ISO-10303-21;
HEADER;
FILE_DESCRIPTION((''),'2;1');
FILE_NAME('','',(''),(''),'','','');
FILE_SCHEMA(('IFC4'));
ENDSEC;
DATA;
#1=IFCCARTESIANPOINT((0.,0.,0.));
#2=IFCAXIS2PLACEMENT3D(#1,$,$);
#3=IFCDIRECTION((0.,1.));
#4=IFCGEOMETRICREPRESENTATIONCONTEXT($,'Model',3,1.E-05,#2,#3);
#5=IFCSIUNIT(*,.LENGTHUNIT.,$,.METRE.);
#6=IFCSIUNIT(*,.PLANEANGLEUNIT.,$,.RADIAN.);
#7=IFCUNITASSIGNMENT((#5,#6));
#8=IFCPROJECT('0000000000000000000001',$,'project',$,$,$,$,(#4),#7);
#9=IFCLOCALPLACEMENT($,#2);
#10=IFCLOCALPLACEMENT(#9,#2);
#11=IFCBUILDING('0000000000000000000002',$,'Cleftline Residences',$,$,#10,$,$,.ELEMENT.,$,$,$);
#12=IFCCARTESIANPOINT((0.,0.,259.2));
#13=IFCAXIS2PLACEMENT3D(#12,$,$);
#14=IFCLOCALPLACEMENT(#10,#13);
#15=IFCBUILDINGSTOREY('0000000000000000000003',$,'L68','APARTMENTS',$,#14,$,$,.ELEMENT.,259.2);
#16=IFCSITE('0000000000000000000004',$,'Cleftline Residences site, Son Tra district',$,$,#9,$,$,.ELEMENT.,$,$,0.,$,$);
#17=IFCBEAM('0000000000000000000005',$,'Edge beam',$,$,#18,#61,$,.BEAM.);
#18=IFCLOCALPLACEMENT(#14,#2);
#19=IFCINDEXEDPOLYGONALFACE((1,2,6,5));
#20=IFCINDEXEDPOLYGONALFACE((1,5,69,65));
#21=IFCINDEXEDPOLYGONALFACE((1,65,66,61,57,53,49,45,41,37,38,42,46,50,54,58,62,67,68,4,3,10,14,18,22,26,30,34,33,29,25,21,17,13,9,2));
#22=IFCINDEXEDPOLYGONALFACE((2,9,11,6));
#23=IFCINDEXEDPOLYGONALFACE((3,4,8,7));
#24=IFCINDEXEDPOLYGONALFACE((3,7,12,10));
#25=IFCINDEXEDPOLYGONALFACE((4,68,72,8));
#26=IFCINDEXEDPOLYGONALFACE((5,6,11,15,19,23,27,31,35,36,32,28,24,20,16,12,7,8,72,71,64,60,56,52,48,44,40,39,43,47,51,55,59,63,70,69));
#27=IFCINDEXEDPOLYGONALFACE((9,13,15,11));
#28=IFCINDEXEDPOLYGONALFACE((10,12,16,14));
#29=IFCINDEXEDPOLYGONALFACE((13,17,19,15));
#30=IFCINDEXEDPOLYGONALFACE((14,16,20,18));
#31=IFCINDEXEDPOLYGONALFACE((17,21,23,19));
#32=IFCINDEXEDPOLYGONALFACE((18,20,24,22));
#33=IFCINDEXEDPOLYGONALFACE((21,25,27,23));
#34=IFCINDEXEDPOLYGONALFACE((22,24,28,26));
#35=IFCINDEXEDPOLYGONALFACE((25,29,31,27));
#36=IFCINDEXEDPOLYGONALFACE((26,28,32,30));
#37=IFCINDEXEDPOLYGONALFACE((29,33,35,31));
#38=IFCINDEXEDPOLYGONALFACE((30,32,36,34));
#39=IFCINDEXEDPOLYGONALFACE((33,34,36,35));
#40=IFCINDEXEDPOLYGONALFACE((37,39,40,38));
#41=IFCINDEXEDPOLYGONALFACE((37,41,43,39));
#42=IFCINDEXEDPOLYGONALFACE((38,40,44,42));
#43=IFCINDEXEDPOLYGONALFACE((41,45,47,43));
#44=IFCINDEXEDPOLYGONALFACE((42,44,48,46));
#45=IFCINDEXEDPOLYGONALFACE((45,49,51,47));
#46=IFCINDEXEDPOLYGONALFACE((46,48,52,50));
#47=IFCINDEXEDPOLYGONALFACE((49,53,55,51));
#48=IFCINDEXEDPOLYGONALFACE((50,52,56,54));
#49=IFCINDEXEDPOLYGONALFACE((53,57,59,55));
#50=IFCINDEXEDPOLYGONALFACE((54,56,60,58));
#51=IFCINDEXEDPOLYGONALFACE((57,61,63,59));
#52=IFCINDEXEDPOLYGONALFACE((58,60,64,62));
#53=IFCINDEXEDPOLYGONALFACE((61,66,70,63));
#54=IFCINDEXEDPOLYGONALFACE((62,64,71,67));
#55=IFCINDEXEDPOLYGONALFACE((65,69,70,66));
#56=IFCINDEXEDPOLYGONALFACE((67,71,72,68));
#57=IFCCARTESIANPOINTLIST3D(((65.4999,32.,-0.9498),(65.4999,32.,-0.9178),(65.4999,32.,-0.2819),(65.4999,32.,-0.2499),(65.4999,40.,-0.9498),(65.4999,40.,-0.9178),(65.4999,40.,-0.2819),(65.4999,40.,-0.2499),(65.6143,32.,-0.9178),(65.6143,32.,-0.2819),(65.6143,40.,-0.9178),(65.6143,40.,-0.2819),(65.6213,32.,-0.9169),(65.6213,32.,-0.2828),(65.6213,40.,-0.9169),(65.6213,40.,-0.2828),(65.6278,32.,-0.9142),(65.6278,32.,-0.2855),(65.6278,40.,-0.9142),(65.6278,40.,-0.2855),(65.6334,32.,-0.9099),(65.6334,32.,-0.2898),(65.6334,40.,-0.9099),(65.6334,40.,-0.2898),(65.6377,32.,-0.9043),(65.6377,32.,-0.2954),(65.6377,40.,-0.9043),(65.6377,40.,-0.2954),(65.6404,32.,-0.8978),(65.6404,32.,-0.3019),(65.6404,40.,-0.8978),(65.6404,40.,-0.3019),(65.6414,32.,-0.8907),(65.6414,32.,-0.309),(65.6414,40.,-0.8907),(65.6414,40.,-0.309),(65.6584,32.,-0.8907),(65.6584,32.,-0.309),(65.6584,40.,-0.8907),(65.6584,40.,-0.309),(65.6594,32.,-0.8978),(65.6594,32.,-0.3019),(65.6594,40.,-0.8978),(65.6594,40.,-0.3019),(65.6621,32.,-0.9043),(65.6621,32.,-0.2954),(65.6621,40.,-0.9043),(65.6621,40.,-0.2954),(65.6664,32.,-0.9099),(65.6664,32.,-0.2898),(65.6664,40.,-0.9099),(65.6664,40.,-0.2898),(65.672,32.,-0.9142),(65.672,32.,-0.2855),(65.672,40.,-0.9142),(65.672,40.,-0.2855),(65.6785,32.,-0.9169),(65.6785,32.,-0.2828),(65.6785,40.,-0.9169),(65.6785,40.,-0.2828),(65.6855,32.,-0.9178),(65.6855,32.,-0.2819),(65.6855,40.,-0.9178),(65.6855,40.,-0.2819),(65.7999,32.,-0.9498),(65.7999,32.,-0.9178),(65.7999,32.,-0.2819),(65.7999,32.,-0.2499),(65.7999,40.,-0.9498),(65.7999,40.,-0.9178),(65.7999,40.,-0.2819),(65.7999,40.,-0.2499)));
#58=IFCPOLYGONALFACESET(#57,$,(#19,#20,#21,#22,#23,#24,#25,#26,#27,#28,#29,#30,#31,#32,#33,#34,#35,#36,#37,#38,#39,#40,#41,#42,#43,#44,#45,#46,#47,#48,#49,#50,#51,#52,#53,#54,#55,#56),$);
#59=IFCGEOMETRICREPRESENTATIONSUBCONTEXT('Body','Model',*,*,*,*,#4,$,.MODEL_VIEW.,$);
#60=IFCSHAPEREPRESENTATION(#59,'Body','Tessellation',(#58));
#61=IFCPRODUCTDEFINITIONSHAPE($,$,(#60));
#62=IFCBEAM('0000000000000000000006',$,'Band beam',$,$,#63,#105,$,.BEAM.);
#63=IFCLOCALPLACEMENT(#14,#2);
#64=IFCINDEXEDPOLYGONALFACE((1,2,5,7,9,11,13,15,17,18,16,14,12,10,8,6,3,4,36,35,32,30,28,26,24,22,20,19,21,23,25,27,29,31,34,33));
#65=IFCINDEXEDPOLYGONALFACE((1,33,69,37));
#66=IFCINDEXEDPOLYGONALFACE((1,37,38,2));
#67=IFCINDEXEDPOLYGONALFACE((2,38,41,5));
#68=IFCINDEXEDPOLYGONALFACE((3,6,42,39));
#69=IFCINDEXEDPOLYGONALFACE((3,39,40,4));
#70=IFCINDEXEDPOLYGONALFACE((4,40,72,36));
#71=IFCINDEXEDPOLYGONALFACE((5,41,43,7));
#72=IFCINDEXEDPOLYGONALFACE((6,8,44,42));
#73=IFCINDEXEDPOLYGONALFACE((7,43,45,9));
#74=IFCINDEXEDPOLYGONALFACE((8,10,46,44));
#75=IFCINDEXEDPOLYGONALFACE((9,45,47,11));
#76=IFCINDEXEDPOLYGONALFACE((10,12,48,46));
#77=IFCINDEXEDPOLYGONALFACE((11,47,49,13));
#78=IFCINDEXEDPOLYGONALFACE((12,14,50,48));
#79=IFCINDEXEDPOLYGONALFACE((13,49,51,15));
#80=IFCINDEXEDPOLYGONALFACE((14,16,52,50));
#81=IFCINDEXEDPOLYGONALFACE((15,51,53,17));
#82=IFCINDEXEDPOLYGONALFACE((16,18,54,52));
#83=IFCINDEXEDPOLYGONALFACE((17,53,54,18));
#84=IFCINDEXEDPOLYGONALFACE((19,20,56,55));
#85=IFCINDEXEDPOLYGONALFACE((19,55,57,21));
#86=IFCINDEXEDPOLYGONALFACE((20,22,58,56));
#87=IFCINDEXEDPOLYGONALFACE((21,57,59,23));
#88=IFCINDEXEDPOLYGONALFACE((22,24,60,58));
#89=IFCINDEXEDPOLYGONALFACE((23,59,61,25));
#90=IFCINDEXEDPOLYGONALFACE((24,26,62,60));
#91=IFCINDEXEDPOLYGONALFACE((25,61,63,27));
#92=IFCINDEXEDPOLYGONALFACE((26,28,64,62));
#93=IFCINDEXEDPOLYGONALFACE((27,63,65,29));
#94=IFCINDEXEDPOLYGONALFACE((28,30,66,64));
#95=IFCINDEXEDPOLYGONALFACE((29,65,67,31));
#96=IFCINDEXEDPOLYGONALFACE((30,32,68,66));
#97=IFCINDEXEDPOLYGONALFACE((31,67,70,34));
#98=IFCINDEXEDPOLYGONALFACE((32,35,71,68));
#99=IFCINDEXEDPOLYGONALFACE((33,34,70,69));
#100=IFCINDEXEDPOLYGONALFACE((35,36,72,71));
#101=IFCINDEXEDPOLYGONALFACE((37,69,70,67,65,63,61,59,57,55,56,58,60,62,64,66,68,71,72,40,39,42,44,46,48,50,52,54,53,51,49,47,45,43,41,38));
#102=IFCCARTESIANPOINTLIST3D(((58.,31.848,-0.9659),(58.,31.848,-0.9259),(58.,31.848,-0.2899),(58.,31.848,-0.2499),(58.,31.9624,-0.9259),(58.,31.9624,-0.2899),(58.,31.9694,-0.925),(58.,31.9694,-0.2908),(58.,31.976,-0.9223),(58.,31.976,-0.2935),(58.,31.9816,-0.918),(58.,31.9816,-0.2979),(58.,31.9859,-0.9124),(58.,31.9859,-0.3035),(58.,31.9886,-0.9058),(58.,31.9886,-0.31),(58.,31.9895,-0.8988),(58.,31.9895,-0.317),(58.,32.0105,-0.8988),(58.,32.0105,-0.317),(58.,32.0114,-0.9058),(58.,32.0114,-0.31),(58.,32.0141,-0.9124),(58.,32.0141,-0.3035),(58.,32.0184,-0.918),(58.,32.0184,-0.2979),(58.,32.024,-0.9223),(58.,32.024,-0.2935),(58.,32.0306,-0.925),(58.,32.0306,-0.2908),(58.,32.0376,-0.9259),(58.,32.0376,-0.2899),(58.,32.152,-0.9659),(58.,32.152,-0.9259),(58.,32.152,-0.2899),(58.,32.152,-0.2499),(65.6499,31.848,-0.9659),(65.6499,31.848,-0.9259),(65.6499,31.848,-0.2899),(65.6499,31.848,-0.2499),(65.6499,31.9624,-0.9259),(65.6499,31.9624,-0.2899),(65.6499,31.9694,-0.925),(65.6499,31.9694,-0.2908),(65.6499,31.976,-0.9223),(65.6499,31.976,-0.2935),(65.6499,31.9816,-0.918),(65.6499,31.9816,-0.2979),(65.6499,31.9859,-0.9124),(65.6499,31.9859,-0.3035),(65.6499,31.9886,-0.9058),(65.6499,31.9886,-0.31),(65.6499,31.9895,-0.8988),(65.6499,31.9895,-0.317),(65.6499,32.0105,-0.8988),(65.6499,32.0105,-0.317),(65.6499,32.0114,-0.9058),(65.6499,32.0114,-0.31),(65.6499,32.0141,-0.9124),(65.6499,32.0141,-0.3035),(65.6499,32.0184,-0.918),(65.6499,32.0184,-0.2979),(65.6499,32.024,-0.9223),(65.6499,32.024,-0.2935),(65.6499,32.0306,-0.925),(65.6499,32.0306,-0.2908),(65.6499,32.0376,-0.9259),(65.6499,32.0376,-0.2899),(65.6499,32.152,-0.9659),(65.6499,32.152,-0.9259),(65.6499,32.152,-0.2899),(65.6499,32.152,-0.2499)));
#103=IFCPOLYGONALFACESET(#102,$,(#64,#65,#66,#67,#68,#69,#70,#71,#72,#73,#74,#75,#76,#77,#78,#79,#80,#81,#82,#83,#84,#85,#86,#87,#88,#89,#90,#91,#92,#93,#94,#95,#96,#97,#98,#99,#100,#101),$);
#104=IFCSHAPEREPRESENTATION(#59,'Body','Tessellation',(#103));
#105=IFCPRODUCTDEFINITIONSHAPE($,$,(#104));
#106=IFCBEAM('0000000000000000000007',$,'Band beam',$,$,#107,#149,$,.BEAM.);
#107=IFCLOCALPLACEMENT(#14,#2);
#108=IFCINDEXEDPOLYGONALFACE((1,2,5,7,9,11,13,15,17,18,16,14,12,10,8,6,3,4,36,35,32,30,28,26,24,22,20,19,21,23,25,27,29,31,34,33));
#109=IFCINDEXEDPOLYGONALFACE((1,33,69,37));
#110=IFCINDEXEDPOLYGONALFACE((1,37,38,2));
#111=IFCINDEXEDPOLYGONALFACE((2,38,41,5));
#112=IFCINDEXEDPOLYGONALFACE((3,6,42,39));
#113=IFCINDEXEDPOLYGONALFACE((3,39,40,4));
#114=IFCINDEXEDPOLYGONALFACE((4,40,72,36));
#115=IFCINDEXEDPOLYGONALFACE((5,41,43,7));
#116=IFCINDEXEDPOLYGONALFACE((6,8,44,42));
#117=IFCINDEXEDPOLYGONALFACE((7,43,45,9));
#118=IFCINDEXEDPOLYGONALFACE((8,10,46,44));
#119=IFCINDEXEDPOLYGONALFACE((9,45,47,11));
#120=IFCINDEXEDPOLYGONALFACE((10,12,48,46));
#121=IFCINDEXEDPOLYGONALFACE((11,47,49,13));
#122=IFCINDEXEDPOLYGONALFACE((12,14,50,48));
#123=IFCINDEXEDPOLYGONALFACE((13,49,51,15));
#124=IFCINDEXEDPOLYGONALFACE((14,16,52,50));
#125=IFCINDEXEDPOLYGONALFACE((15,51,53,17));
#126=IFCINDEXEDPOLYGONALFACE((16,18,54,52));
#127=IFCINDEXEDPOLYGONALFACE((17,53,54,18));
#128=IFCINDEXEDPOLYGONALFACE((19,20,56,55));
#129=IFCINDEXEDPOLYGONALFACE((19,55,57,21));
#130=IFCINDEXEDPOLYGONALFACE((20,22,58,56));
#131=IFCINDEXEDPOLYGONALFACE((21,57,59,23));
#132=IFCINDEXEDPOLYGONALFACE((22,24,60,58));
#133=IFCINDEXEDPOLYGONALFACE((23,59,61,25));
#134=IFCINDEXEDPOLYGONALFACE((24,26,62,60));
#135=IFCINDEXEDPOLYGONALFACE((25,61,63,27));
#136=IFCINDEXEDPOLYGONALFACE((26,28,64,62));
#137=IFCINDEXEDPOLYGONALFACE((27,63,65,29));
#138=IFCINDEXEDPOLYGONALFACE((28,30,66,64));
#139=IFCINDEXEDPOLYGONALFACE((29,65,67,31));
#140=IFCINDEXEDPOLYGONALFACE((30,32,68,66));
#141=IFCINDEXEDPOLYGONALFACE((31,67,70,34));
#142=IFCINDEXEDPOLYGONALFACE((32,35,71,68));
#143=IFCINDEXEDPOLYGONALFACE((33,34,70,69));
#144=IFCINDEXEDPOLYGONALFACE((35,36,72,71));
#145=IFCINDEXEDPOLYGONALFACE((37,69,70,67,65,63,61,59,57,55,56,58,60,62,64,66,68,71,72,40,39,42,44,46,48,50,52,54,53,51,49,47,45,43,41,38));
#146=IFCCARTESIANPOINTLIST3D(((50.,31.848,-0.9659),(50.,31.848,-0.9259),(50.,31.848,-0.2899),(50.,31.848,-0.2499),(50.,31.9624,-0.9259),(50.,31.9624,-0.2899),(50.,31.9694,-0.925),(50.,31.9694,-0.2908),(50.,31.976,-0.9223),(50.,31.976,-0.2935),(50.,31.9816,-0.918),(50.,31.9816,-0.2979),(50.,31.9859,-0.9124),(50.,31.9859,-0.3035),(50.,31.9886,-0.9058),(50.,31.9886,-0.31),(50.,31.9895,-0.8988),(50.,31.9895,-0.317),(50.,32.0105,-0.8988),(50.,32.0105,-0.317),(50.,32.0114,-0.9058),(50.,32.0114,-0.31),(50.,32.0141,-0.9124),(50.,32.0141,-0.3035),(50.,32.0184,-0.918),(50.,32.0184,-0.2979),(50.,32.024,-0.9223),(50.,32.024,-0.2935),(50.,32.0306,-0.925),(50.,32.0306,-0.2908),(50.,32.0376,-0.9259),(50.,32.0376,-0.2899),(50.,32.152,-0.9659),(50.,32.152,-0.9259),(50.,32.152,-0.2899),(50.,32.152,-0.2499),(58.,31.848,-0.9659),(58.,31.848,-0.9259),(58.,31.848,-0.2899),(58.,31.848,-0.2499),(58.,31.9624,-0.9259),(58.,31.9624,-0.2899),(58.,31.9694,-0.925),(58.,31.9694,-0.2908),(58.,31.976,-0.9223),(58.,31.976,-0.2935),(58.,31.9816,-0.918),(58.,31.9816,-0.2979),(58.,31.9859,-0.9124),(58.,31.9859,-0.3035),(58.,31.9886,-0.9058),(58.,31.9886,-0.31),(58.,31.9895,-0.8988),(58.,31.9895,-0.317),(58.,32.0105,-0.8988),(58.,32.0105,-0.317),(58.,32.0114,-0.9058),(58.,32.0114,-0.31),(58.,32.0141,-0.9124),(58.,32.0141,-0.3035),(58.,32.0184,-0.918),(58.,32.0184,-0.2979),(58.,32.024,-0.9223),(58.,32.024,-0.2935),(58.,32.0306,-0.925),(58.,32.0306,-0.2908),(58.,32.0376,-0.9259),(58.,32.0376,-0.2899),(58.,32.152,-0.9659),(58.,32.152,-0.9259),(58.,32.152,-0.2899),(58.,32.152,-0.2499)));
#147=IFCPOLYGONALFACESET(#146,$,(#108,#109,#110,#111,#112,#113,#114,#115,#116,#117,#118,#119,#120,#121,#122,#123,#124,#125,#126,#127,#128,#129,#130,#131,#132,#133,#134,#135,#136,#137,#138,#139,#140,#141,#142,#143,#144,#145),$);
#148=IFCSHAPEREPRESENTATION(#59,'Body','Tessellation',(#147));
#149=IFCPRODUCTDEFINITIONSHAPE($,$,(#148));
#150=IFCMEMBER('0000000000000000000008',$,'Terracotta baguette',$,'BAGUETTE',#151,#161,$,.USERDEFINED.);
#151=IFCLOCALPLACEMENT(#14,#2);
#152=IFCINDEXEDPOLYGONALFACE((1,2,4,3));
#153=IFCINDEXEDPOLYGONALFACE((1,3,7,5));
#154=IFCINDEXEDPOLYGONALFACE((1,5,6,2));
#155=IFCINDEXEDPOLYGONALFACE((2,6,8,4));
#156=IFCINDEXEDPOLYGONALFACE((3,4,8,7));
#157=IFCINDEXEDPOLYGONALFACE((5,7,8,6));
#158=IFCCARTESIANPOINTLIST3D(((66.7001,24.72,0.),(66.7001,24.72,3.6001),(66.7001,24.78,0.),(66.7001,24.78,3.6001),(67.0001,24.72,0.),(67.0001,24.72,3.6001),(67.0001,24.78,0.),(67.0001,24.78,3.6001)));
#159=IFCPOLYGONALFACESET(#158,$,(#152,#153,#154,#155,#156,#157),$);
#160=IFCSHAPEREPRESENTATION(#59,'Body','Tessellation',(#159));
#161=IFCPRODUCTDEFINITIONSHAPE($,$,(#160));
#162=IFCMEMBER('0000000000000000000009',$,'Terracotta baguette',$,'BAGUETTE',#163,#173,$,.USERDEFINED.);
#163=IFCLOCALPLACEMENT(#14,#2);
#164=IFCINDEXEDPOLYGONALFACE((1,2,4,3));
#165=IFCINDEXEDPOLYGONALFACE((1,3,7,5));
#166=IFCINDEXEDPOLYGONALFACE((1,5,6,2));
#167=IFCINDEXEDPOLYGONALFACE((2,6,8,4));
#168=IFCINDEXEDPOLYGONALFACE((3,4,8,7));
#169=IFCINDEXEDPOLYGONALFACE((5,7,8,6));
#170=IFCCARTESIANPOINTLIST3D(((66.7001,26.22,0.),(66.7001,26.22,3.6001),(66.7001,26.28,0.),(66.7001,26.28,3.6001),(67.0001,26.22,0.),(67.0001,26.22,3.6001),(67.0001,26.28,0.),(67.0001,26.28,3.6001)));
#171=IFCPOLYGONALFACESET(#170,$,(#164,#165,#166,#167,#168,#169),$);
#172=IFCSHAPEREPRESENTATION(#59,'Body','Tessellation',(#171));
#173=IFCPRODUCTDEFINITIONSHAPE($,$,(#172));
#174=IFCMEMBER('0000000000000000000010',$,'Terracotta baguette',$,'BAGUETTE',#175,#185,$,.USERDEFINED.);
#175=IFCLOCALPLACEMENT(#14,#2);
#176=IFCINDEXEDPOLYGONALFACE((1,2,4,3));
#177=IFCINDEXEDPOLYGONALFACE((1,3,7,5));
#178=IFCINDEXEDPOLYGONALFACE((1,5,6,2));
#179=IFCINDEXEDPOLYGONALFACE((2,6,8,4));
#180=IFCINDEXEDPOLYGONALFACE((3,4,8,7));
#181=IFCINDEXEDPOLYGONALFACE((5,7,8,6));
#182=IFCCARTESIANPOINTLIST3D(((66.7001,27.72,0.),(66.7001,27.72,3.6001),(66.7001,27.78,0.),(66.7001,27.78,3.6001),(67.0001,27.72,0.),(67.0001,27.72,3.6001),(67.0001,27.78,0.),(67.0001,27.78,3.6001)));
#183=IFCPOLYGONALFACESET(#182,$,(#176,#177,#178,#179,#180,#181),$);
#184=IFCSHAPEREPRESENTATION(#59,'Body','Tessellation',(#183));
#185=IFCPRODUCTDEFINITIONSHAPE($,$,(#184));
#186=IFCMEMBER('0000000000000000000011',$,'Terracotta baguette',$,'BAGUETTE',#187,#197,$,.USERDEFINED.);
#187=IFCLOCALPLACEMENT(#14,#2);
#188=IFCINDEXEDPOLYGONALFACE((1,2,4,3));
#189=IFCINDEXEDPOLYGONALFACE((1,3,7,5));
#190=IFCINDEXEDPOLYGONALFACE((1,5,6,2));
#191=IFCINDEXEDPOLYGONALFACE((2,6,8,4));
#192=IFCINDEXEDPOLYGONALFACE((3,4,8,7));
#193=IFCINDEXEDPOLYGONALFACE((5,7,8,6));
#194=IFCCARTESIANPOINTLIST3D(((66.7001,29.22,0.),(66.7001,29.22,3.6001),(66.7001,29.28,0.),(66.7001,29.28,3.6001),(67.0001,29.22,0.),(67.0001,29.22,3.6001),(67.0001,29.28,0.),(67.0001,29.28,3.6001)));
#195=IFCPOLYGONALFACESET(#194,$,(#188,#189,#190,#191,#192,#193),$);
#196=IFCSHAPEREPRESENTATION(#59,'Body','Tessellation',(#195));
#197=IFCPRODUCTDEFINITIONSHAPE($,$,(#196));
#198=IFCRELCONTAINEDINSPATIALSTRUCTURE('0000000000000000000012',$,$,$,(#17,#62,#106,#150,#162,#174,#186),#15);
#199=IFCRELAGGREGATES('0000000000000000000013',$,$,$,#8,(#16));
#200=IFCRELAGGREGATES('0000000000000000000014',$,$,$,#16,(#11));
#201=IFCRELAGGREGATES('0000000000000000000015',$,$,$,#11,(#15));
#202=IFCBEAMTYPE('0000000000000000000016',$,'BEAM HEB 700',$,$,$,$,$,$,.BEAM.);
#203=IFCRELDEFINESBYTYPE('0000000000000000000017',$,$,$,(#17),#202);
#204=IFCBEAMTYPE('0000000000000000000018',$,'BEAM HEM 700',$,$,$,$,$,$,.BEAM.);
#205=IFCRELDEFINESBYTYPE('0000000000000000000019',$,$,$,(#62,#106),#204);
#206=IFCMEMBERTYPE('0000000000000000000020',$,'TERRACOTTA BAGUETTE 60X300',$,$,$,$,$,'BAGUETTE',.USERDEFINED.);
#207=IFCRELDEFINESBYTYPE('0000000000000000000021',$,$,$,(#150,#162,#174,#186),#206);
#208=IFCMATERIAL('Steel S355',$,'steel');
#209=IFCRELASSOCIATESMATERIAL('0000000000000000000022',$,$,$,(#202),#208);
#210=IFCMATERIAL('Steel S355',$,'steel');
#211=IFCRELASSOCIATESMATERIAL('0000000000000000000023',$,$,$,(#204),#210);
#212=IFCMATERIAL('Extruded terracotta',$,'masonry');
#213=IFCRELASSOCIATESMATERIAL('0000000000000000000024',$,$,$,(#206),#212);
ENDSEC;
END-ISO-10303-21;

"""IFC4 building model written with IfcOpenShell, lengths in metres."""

from ifc_helpers import new_model, si_unit, direction, frame, origin, origin_2d, place, context, subcontext, project, spatial, rectangle, i_section, extrude, material, material_profile, profile_set, type_object, element, save


model = new_model("IFC4")

# Units and contexts
model_context = context("Model", 3, precision=1e-05, world=origin(), true_north=direction((0.0, 1.0)))
body_context = subcontext(model_context, "Body", "Model", "MODEL_VIEW")
ifc_project = project(units=[si_unit("LENGTHUNIT", "METRE"), si_unit("PLANEANGLEUNIT", "RADIAN")], contexts=[model_context])

# Site, building, storey
site_placement = place(None, origin())
site = spatial("IfcSite", under=ifc_project, at=site_placement, Name="Cleftline Residences site, Son Tra district", CompositionType="ELEMENT", RefElevation=0.0)
building_placement = place(site_placement, origin())
building = spatial("IfcBuilding", under=site, at=building_placement, Name="Cleftline Residences", CompositionType="ELEMENT")
storey_placement = place(building_placement, frame((0.0, 0.0, 259.2)))
storey = spatial("IfcBuildingStorey", under=building, at=storey_placement, Name="L68", Description="APARTMENTS", CompositionType="ELEMENT", Elevation=259.2)

# Beams
ifc_material_1 = material(Name="Steel S355", Category="steel")
ifc_material_profile_1 = material_profile(ifc_material_1, i_section(OverallWidth=0.3, OverallDepth=0.7, WebThickness=0.0171, FlangeThickness=0.032, FilletRadius=0.0271, at=origin_2d()))
ifc_profile_set_1 = profile_set([ifc_material_profile_1], Name="Steel S355")
beam_type_1 = type_object("IfcBeamType", Name="BEAM HEB 700", PredefinedType="BEAM", material=ifc_profile_set_1)
for number, where, z_axis, x_axis, name in (
    (1, (65.6499, 32.0, -0.5999), (0.0, 1.0, 0.0), (-1.0, 0.0, 0.0), "Edge beam"),
):
    element("IfcBeam", number, at=place(storey_placement, frame(where, z_axis=z_axis, x_axis=x_axis)), inside=storey, type_object=beam_type_1, Name=name, PredefinedType="BEAM", context=body_context, shape_type="SweptSolid", body=[
        extrude(i_section(OverallWidth=0.3, OverallDepth=0.7, WebThickness=0.0171, FlangeThickness=0.032, FilletRadius=0.0271, at=origin_2d()), origin(), (0.0, 0.0, 1.0), 8.0),
    ])
ifc_material_2 = material(Name="Steel S355", Category="steel")
ifc_material_profile_2 = material_profile(ifc_material_2, i_section(OverallWidth=0.304, OverallDepth=0.7161, WebThickness=0.021, FlangeThickness=0.04, FilletRadius=0.0271, at=origin_2d()))
ifc_profile_set_2 = profile_set([ifc_material_profile_2], Name="Steel S355")
beam_type_2 = type_object("IfcBeamType", Name="BEAM HEM 700", PredefinedType="BEAM", material=ifc_profile_set_2)
beam_1_placement = place(storey_placement, frame((65.6499, 32.0, -0.6079), z_axis=(-1.0, 0.0, 0.0), x_axis=(0.0, -1.0, 0.0)))
element("IfcBeam", 2, at=beam_1_placement, inside=storey, type_object=beam_type_2, Name="Band beam", PredefinedType="BEAM", context=body_context, shape_type="SweptSolid", body=[
    extrude(i_section(OverallWidth=0.304, OverallDepth=0.7161, WebThickness=0.021, FlangeThickness=0.04, FilletRadius=0.0271, at=origin_2d()), origin(), (0.0, 0.0, 1.0), 7.6499),
])
beam_2_placement = place(storey_placement, frame((58.0, 32.0, -0.6079), z_axis=(-1.0, 0.0, 0.0), x_axis=(0.0, -1.0, 0.0)))
element("IfcBeam", 3, at=beam_2_placement, inside=storey, type_object=beam_type_2, Name="Band beam", PredefinedType="BEAM", context=body_context, shape_type="SweptSolid", body=[
    extrude(i_section(OverallWidth=0.304, OverallDepth=0.7161, WebThickness=0.021, FlangeThickness=0.04, FilletRadius=0.0271, at=origin_2d()), origin(), (0.0, 0.0, 1.0), 8.0),
])

# Members
ifc_material_3 = material(Name="Extruded terracotta", Category="masonry")
ifc_material_profile_3 = material_profile(ifc_material_3, rectangle(XDim=0.0601, YDim=0.3, at=origin_2d()))
ifc_profile_set_3 = profile_set([ifc_material_profile_3], Name="Extruded terracotta")
member_type_1 = type_object("IfcMemberType", Name="TERRACOTTA BAGUETTE 60X300", ElementType="BAGUETTE", PredefinedType="USERDEFINED", material=ifc_profile_set_3)
for number, where, z_axis, x_axis, name in (
    (4, (66.8501, 24.75, 0.0), (0.0, 0.0, 1.0), (0.0, 1.0, 0.0), "Terracotta baguette"),
    (5, (66.8501, 26.25, 0.0), (0.0, 0.0, 1.0), (0.0, 1.0, 0.0), "Terracotta baguette"),
    (6, (66.8501, 27.75, 0.0), (0.0, 0.0, 1.0), (0.0, 1.0, 0.0), "Terracotta baguette"),
    (7, (66.8501, 29.25, 0.0), (0.0, 0.0, 1.0), (0.0, 1.0, 0.0), "Terracotta baguette"),
):
    element("IfcMember", number, at=place(storey_placement, frame(where, z_axis=z_axis, x_axis=x_axis)), inside=storey, type_object=member_type_1, Name=name, ObjectType="BAGUETTE", PredefinedType="USERDEFINED", context=body_context, shape_type="SweptSolid", body=[
        extrude(rectangle(XDim=0.0601, YDim=0.3, at=origin_2d()), origin(), (0.0, 0.0, 1.0), 3.6001),
    ])

save(model, "model.ifc")
